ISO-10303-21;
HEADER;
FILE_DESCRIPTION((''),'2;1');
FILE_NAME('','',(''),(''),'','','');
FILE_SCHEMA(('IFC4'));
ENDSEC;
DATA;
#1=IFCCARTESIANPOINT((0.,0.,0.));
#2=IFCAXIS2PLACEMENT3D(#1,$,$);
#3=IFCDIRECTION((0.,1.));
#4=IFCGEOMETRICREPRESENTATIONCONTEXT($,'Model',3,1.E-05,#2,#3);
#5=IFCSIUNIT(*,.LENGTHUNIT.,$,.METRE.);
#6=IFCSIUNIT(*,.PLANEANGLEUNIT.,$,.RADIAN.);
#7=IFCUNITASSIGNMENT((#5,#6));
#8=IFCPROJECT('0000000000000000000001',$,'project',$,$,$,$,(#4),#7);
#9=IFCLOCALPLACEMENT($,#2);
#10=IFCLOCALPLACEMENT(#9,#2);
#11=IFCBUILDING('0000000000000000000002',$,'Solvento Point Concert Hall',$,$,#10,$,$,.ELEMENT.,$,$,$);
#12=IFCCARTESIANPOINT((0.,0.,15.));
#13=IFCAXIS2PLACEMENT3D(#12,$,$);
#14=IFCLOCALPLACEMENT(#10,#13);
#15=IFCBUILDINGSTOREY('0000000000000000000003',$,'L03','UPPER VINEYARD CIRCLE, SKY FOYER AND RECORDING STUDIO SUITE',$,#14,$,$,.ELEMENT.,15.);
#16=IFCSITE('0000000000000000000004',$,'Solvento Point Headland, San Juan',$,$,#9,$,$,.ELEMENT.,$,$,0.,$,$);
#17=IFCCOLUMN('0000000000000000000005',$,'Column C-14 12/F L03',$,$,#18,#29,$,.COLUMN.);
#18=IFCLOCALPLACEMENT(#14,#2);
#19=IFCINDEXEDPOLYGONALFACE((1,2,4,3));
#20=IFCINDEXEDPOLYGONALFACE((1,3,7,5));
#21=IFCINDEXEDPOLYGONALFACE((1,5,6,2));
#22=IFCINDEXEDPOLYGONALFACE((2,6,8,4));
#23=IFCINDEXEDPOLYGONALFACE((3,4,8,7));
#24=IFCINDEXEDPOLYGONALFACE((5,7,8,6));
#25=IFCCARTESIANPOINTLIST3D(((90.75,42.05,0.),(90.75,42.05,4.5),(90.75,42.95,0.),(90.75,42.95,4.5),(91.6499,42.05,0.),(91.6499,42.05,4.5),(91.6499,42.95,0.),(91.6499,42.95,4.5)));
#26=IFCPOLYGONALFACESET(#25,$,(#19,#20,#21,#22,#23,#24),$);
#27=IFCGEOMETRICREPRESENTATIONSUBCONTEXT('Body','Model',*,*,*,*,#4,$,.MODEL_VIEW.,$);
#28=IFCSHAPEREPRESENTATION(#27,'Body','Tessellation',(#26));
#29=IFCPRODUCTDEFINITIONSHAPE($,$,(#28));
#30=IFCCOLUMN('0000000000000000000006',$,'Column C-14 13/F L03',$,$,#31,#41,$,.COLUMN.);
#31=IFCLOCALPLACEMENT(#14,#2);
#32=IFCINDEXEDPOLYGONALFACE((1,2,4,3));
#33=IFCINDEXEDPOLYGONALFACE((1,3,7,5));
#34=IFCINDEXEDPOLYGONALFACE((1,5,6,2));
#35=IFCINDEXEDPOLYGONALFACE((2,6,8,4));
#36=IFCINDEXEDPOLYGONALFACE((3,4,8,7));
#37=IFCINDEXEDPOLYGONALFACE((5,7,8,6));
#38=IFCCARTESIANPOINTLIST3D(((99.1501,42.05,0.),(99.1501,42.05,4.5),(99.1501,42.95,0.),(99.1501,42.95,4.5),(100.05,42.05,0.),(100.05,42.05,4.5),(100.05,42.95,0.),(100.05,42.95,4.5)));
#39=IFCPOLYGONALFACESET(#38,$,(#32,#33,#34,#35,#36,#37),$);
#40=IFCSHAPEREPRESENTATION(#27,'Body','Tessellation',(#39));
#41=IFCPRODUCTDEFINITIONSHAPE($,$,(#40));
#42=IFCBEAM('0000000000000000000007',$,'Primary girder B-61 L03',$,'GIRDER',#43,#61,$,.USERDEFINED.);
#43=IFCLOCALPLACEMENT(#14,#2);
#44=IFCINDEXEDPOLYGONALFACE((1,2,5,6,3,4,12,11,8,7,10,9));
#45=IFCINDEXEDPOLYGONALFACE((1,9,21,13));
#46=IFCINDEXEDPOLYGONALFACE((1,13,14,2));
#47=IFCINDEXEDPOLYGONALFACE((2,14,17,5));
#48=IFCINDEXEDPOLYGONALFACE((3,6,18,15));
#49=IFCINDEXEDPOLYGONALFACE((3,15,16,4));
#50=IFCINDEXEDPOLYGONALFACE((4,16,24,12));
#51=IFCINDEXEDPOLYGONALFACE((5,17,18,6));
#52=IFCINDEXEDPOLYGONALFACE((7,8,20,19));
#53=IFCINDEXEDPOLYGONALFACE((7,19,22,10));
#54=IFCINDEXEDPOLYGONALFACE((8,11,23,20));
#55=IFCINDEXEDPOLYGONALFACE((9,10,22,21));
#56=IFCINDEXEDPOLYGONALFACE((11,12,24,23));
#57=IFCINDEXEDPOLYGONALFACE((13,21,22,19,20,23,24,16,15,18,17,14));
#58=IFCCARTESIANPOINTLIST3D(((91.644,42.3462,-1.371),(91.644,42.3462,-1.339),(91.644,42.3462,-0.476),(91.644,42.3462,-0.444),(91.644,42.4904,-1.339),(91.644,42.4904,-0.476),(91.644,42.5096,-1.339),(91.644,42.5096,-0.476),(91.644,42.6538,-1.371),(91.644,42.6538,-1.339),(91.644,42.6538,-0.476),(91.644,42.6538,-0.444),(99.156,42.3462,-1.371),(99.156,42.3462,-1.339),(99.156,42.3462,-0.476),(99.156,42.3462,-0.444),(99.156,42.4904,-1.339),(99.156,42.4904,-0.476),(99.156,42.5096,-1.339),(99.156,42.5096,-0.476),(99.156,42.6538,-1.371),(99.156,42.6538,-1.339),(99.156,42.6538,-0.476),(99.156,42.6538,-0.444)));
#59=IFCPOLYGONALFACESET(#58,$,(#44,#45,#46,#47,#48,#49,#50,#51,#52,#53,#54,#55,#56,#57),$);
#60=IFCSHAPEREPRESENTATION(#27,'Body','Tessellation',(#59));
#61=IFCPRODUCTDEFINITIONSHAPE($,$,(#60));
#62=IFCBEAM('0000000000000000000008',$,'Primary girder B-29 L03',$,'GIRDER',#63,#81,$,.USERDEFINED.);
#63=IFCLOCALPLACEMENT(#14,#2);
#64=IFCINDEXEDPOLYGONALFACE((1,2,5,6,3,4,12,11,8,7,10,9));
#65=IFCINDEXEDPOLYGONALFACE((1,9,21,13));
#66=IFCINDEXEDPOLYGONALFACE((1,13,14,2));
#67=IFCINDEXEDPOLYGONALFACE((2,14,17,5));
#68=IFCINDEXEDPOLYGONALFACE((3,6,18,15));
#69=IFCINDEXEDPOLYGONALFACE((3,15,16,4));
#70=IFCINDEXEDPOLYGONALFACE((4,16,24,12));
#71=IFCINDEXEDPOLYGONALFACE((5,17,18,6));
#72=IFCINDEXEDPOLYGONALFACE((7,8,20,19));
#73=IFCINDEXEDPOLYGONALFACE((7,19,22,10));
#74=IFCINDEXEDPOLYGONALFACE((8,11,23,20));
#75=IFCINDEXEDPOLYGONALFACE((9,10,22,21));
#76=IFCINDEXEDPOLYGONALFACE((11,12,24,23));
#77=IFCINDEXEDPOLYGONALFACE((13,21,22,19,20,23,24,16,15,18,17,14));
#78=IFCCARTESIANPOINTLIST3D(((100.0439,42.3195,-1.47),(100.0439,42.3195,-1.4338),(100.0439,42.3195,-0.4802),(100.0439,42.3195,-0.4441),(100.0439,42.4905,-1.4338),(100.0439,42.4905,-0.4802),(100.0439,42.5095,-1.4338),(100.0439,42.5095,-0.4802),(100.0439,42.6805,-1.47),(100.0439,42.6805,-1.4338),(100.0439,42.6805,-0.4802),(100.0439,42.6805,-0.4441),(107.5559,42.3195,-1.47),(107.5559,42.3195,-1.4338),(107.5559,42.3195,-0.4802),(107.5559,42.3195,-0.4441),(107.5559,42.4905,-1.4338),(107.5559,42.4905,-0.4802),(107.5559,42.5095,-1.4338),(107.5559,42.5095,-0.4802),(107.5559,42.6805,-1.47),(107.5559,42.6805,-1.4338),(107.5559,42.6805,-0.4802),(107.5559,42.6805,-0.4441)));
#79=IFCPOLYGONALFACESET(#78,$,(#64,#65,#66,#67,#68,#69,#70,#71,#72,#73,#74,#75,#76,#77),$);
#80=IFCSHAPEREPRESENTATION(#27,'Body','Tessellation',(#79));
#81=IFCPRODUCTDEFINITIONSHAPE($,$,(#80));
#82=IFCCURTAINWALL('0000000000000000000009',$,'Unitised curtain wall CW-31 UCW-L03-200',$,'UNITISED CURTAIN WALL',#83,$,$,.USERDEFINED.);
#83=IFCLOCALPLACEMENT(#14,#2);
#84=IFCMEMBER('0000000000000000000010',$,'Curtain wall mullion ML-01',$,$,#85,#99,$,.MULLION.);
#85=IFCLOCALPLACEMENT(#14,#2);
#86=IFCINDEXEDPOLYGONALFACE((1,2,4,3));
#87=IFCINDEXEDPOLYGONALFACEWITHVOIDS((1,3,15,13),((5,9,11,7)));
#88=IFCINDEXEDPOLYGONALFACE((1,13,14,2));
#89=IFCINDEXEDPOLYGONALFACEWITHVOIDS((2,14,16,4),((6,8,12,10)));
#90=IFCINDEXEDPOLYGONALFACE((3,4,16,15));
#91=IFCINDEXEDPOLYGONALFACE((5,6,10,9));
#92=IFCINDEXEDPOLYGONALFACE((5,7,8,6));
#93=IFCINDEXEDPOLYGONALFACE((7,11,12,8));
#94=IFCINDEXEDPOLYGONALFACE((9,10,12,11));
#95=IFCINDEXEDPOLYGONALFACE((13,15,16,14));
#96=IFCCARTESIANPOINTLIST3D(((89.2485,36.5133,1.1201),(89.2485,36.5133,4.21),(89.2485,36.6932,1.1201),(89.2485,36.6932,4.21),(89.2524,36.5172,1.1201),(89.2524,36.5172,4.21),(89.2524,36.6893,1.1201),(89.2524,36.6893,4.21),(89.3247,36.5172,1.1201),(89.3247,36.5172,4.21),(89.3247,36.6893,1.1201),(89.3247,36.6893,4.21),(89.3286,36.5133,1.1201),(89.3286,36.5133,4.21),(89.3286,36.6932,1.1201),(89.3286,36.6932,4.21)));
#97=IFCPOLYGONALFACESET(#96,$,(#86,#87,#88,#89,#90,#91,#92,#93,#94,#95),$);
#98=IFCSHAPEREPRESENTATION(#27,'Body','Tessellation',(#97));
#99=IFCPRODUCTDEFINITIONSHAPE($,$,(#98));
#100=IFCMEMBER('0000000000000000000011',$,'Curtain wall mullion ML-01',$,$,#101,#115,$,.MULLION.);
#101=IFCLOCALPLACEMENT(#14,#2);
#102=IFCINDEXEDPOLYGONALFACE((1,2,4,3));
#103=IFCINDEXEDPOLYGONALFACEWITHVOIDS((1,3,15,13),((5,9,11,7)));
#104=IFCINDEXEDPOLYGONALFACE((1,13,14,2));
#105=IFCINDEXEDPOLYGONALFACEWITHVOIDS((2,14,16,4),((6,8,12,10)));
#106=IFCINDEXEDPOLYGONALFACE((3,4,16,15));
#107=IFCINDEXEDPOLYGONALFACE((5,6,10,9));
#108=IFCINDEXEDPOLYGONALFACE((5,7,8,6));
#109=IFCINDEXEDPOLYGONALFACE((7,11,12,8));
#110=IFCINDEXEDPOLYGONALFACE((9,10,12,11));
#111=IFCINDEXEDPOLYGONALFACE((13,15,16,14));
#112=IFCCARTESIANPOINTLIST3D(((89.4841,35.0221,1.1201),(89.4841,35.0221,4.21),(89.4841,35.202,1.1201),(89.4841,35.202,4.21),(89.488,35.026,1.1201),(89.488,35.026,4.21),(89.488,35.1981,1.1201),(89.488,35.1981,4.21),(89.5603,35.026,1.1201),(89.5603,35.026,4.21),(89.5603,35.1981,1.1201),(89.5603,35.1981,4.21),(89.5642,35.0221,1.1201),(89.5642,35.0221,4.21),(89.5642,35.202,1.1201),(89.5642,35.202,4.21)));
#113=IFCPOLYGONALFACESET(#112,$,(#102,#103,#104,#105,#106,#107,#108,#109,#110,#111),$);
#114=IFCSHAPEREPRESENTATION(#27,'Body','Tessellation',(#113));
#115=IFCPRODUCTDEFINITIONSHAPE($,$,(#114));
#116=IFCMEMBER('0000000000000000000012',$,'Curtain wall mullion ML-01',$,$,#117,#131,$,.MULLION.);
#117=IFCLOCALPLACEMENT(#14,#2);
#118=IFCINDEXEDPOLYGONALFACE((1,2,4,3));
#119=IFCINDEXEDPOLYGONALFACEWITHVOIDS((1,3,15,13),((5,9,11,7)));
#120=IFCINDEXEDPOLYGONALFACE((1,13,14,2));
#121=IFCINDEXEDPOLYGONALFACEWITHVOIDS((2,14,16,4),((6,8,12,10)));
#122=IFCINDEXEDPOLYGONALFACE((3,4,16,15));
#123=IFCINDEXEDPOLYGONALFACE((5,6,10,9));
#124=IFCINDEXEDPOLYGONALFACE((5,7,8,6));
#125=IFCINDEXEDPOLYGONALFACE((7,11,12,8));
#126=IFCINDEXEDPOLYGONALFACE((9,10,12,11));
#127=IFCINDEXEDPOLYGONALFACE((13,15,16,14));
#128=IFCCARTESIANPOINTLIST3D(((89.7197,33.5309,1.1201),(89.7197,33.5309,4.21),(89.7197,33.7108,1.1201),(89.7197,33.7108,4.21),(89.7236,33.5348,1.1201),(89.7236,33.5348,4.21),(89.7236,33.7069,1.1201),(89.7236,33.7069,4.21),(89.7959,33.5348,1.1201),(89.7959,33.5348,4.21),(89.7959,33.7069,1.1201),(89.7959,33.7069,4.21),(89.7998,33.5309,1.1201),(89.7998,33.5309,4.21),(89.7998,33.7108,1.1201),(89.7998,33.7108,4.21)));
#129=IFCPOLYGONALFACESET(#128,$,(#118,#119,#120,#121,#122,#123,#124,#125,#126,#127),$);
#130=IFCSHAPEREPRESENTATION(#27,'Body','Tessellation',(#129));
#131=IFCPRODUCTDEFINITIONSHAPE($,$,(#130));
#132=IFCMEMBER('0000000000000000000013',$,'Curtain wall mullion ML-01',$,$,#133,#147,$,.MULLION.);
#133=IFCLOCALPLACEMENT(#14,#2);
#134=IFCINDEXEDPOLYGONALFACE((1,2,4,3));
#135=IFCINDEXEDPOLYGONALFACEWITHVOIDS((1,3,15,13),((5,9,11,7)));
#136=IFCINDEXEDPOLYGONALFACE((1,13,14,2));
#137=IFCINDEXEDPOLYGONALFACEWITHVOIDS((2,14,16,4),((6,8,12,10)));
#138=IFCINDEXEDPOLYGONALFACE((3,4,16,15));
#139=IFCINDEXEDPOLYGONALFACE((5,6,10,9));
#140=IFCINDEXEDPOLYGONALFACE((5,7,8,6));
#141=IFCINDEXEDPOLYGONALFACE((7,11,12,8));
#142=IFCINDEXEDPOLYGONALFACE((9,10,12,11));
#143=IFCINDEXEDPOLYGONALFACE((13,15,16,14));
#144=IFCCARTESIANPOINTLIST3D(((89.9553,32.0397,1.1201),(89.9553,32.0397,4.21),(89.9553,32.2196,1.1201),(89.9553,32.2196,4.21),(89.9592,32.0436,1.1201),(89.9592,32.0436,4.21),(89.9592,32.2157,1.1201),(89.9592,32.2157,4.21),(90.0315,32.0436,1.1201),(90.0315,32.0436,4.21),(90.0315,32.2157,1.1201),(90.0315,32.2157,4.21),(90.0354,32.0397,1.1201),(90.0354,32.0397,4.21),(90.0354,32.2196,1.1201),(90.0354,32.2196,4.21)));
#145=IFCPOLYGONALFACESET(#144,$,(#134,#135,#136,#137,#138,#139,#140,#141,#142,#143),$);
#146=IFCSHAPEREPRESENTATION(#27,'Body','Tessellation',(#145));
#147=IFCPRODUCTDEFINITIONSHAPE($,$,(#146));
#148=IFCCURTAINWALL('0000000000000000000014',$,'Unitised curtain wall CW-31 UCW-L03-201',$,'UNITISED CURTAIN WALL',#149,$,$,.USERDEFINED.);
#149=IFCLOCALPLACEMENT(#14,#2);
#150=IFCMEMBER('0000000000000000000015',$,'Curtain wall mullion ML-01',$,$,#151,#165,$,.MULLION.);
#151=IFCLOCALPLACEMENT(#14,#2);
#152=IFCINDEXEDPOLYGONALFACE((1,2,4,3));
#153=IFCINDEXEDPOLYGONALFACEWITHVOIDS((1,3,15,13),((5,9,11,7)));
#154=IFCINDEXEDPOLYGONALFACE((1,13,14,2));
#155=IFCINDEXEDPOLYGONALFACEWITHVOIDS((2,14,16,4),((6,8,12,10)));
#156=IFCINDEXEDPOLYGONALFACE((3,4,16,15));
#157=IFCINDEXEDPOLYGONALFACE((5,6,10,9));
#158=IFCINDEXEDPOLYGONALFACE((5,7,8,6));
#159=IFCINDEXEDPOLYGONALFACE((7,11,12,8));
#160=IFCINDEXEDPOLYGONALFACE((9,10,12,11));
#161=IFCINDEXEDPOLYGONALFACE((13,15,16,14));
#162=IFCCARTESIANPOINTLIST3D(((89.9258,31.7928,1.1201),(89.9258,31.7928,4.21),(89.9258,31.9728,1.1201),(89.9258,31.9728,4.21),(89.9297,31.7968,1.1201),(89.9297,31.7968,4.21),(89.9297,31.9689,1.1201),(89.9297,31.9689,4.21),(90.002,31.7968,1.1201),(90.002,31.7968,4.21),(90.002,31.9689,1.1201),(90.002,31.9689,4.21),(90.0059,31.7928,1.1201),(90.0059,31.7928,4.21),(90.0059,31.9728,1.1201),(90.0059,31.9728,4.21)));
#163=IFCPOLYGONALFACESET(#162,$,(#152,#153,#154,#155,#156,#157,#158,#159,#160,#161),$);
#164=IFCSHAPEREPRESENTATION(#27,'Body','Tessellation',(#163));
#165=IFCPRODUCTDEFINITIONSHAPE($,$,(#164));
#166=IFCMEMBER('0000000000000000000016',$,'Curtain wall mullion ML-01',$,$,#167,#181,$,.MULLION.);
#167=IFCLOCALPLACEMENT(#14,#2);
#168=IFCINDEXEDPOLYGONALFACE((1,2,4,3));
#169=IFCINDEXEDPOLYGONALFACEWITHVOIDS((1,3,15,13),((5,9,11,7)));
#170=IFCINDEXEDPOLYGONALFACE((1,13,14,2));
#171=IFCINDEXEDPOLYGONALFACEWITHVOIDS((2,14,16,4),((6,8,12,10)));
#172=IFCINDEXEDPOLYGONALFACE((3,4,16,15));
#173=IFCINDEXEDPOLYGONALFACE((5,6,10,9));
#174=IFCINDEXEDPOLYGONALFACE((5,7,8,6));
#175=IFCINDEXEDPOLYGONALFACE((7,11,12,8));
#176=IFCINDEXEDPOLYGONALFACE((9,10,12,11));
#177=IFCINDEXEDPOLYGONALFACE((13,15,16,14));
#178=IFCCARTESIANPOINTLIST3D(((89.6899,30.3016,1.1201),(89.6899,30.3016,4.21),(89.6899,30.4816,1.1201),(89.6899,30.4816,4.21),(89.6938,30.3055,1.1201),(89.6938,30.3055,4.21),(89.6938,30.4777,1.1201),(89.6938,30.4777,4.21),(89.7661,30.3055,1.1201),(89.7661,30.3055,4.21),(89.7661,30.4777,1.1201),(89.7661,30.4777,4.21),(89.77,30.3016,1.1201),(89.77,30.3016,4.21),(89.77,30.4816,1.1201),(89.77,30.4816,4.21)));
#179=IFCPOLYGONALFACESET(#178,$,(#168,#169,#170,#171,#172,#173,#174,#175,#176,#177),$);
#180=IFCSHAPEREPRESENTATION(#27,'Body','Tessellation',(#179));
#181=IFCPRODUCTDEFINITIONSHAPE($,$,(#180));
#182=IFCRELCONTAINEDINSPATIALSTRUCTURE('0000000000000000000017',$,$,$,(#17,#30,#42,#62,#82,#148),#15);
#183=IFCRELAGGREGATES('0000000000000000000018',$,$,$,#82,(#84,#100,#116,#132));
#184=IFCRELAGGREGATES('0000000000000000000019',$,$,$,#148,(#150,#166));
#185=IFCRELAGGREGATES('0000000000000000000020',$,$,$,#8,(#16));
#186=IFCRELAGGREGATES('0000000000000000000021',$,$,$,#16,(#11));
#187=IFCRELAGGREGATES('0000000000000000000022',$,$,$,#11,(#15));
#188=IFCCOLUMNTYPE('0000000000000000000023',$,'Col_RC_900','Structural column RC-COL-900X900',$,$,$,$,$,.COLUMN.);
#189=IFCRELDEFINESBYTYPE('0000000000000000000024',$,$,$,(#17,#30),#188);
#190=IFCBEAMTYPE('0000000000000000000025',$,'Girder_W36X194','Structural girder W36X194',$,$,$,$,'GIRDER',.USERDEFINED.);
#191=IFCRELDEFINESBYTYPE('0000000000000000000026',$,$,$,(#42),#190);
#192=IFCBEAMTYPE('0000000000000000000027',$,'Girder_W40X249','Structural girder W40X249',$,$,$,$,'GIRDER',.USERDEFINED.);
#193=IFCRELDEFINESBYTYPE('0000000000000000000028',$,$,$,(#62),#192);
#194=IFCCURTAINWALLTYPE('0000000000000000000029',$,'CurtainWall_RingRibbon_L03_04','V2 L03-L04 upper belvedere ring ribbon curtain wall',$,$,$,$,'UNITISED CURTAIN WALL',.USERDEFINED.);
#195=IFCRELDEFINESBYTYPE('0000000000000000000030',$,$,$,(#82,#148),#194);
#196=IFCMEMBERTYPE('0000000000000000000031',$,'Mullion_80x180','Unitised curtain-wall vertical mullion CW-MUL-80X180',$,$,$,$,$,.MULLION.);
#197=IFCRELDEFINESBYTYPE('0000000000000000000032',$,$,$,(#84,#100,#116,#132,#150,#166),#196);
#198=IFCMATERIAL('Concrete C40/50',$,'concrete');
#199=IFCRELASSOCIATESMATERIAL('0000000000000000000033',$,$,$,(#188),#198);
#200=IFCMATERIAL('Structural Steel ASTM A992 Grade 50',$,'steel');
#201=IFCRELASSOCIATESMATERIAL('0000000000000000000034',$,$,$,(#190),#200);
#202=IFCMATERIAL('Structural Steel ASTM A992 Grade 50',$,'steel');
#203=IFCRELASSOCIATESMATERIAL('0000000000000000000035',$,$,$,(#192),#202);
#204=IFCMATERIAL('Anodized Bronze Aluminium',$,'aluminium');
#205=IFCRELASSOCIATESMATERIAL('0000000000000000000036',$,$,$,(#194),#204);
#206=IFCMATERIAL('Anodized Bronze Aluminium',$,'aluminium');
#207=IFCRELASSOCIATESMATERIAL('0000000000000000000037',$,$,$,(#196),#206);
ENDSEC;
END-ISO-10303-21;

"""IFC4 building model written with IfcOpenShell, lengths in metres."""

from ifc_helpers import new_model, si_unit, direction, frame, origin, origin_2d, place, context, subcontext, project, spatial, rectangle, hollow_rectangle, i_section, extrude, material, material_profile, profile_set, type_object, element, aggregate, save


model = new_model("IFC4")

# Units and contexts
model_context = context("Model", 3, precision=1e-05, world=origin(), true_north=direction((0.0, 1.0)))
body_context = subcontext(model_context, "Body", "Model", "MODEL_VIEW")
ifc_project = project(units=[si_unit("LENGTHUNIT", "METRE"), si_unit("PLANEANGLEUNIT", "RADIAN")], contexts=[model_context])

# Site, building, storey
site_placement = place(None, origin())
site = spatial("IfcSite", under=ifc_project, at=site_placement, Name="Solvento Point Headland, San Juan", CompositionType="ELEMENT", RefElevation=0.0)
building_placement = place(site_placement, origin())
building = spatial("IfcBuilding", under=site, at=building_placement, Name="Solvento Point Concert Hall", CompositionType="ELEMENT")
storey_placement = place(building_placement, frame((0.0, 0.0, 15.0)))
storey = spatial("IfcBuildingStorey", under=building, at=storey_placement, Name="L03", Description="UPPER VINEYARD CIRCLE, SKY FOYER AND RECORDING STUDIO SUITE", CompositionType="ELEMENT", Elevation=15.0)

# Columns
ifc_material_1 = material(Name="Concrete C40/50", Category="concrete")
ifc_material_profile_1 = material_profile(ifc_material_1, rectangle(XDim=0.8999, YDim=0.8999, at=origin_2d()), Name="RC-COL-900X900")
ifc_profile_set_1 = profile_set([ifc_material_profile_1], Name="Concrete C40/50")
column_type = type_object("IfcColumnType", Name="Col_RC_900", Description="Structural column RC-COL-900X900", PredefinedType="COLUMN", material=ifc_profile_set_1)
for number, where, z_axis, x_axis, name in (
    (1, (91.2, 42.5, 0.0), (0.0, 0.0, 1.0), (1.0, 0.0, 0.0), "Column C-14 12/F L03"),
    (2, (99.6001, 42.5, 0.0), (0.0, 0.0, 1.0), (1.0, 0.0, 0.0), "Column C-14 13/F L03"),
):
    element("IfcColumn", number, at=place(storey_placement, frame(where, z_axis=z_axis, x_axis=x_axis)), inside=storey, type_object=column_type, Name=name, PredefinedType="COLUMN", context=body_context, shape_type="SweptSolid", body=[
        extrude(rectangle(XDim=0.8999, YDim=0.8999, at=origin_2d()), origin(), (0.0, 0.0, 1.0), 4.5),
    ])

# Beams
ifc_material_2 = material(Name="Structural Steel ASTM A992 Grade 50", Category="steel")
ifc_material_profile_2 = material_profile(ifc_material_2, i_section(OverallWidth=0.3076, OverallDepth=0.927, WebThickness=0.0193, FlangeThickness=0.032, at=origin_2d()), Name="W36X194")
ifc_profile_set_2 = profile_set([ifc_material_profile_2], Name="Structural Steel ASTM A992 Grade 50")
beam_type_1 = type_object("IfcBeamType", Name="Girder_W36X194", Description="Structural girder W36X194", ElementType="GIRDER", PredefinedType="USERDEFINED", material=ifc_profile_set_2)
beam_1_placement = place(storey_placement, frame((91.644, 42.5, -0.9075), z_axis=(1.0, 0.0, 0.0), x_axis=(0.0, 1.0, 0.0)))
element("IfcBeam", 3, at=beam_1_placement, inside=storey, type_object=beam_type_1, Name="Primary girder B-61 L03", ObjectType="GIRDER", PredefinedType="USERDEFINED", context=body_context, shape_type="SweptSolid", body=[
    extrude(i_section(OverallWidth=0.3076, OverallDepth=0.927, WebThickness=0.0193, FlangeThickness=0.032, at=origin_2d()), origin(), (0.0, 0.0, 1.0), 7.512),
])
ifc_material_3 = material(Name="Structural Steel ASTM A992 Grade 50", Category="steel")
ifc_material_profile_3 = material_profile(ifc_material_3, i_section(OverallWidth=0.3611, OverallDepth=1.0259, WebThickness=0.019, FlangeThickness=0.0361, at=origin_2d()), Name="W40X249")
ifc_profile_set_3 = profile_set([ifc_material_profile_3], Name="Structural Steel ASTM A992 Grade 50")
beam_type_2 = type_object("IfcBeamType", Name="Girder_W40X249", Description="Structural girder W40X249", ElementType="GIRDER", PredefinedType="USERDEFINED", material=ifc_profile_set_3)
beam_2_placement = place(storey_placement, frame((100.0439, 42.5, -0.957), z_axis=(1.0, 0.0, 0.0), x_axis=(0.0, 1.0, 0.0)))
element("IfcBeam", 4, at=beam_2_placement, inside=storey, type_object=beam_type_2, Name="Primary girder B-29 L03", ObjectType="GIRDER", PredefinedType="USERDEFINED", context=body_context, shape_type="SweptSolid", body=[
    extrude(i_section(OverallWidth=0.3611, OverallDepth=1.0259, WebThickness=0.019, FlangeThickness=0.0361, at=origin_2d()), origin(), (0.0, 0.0, 1.0), 7.512),
])

# Curtain walls, members
ifc_material_4 = material(Name="Anodized Bronze Aluminium", Category="aluminium")
curtain_wall_type = type_object("IfcCurtainWallType", Name="CurtainWall_RingRibbon_L03_04", Description="V2 L03-L04 upper belvedere ring ribbon curtain wall", ElementType="UNITISED CURTAIN WALL", PredefinedType="USERDEFINED", material=ifc_material_4)
curtain_wall_1_placement = place(storey_placement, origin())
curtain_wall_1 = element("IfcCurtainWall", 5, at=curtain_wall_1_placement, inside=storey, type_object=curtain_wall_type, Name="Unitised curtain wall CW-31 UCW-L03-200", ObjectType="UNITISED CURTAIN WALL", PredefinedType="USERDEFINED")
ifc_material_5 = material(Name="Anodized Bronze Aluminium", Category="aluminium")
ifc_material_profile_4 = material_profile(ifc_material_5, hollow_rectangle(XDim=0.0801, YDim=0.1799, WallThickness=0.0039, at=origin_2d()), Name="CW-MUL-80X180")
ifc_profile_set_4 = profile_set([ifc_material_profile_4], Name="Anodized Bronze Aluminium")
member_type_1 = type_object("IfcMemberType", Name="Mullion_80x180", Description="Unitised curtain-wall vertical mullion CW-MUL-80X180", PredefinedType="MULLION", material=ifc_profile_set_4)
member_1_placement = place(storey_placement, frame((89.2886, 36.6033, 1.1201), z_axis=(0.0, 0.0, 1.0), x_axis=(1.0, 0.0, 0.0)))
member_1 = element("IfcMember", 6, at=member_1_placement, type_object=member_type_1, Name="Curtain wall mullion ML-01", PredefinedType="MULLION", context=body_context, shape_type="SweptSolid", body=[
    extrude(hollow_rectangle(XDim=0.0801, YDim=0.1799, WallThickness=0.0039, at=origin_2d()), origin(), (0.0, 0.0, 1.0), 3.0898),
])
member_2_placement = place(storey_placement, frame((89.5242, 35.1121, 1.1201), z_axis=(0.0, 0.0, 1.0), x_axis=(1.0, 0.0, 0.0)))
member_2 = element("IfcMember", 7, at=member_2_placement, type_object=member_type_1, Name="Curtain wall mullion ML-01", PredefinedType="MULLION", context=body_context, shape_type="SweptSolid", body=[
    extrude(hollow_rectangle(XDim=0.0801, YDim=0.1799, WallThickness=0.0039, at=origin_2d()), origin(), (0.0, 0.0, 1.0), 3.0898),
])
member_3_placement = place(storey_placement, frame((89.7598, 33.6208, 1.1201), z_axis=(0.0, 0.0, 1.0), x_axis=(1.0, 0.0, 0.0)))
member_3 = element("IfcMember", 8, at=member_3_placement, type_object=member_type_1, Name="Curtain wall mullion ML-01", PredefinedType="MULLION", context=body_context, shape_type="SweptSolid", body=[
    extrude(hollow_rectangle(XDim=0.0801, YDim=0.1799, WallThickness=0.0039, at=origin_2d()), origin(), (0.0, 0.0, 1.0), 3.0898),
])
member_4_placement = place(storey_placement, frame((89.9954, 32.1296, 1.1201), z_axis=(0.0, 0.0, 1.0), x_axis=(1.0, 0.0, 0.0)))
member_4 = element("IfcMember", 9, at=member_4_placement, type_object=member_type_1, Name="Curtain wall mullion ML-01", PredefinedType="MULLION", context=body_context, shape_type="SweptSolid", body=[
    extrude(hollow_rectangle(XDim=0.0801, YDim=0.1799, WallThickness=0.0039, at=origin_2d()), origin(), (0.0, 0.0, 1.0), 3.0898),
])
curtain_wall_2_placement = place(storey_placement, origin())
curtain_wall_2 = element("IfcCurtainWall", 10, at=curtain_wall_2_placement, inside=storey, type_object=curtain_wall_type, Name="Unitised curtain wall CW-31 UCW-L03-201", ObjectType="UNITISED CURTAIN WALL", PredefinedType="USERDEFINED")
member_5_placement = place(storey_placement, frame((89.9658, 31.8828, 1.1201), z_axis=(0.0, 0.0, 1.0), x_axis=(1.0, 0.0, 0.0)))
member_5 = element("IfcMember", 11, at=member_5_placement, type_object=member_type_1, Name="Curtain wall mullion ML-01", PredefinedType="MULLION", context=body_context, shape_type="SweptSolid", body=[
    extrude(hollow_rectangle(XDim=0.0801, YDim=0.1799, WallThickness=0.0039, at=origin_2d()), origin(), (0.0, 0.0, 1.0), 3.0898),
])
member_6_placement = place(storey_placement, frame((89.73, 30.3916, 1.1201), z_axis=(0.0, 0.0, 1.0), x_axis=(1.0, 0.0, 0.0)))
member_6 = element("IfcMember", 12, at=member_6_placement, type_object=member_type_1, Name="Curtain wall mullion ML-01", PredefinedType="MULLION", context=body_context, shape_type="SweptSolid", body=[
    extrude(hollow_rectangle(XDim=0.0801, YDim=0.1799, WallThickness=0.0039, at=origin_2d()), origin(), (0.0, 0.0, 1.0), 3.0898),
])

aggregate(curtain_wall_1, [member_1, member_2, member_3, member_4])
aggregate(curtain_wall_2, [member_5, member_6])

save(model, "model.ifc")
